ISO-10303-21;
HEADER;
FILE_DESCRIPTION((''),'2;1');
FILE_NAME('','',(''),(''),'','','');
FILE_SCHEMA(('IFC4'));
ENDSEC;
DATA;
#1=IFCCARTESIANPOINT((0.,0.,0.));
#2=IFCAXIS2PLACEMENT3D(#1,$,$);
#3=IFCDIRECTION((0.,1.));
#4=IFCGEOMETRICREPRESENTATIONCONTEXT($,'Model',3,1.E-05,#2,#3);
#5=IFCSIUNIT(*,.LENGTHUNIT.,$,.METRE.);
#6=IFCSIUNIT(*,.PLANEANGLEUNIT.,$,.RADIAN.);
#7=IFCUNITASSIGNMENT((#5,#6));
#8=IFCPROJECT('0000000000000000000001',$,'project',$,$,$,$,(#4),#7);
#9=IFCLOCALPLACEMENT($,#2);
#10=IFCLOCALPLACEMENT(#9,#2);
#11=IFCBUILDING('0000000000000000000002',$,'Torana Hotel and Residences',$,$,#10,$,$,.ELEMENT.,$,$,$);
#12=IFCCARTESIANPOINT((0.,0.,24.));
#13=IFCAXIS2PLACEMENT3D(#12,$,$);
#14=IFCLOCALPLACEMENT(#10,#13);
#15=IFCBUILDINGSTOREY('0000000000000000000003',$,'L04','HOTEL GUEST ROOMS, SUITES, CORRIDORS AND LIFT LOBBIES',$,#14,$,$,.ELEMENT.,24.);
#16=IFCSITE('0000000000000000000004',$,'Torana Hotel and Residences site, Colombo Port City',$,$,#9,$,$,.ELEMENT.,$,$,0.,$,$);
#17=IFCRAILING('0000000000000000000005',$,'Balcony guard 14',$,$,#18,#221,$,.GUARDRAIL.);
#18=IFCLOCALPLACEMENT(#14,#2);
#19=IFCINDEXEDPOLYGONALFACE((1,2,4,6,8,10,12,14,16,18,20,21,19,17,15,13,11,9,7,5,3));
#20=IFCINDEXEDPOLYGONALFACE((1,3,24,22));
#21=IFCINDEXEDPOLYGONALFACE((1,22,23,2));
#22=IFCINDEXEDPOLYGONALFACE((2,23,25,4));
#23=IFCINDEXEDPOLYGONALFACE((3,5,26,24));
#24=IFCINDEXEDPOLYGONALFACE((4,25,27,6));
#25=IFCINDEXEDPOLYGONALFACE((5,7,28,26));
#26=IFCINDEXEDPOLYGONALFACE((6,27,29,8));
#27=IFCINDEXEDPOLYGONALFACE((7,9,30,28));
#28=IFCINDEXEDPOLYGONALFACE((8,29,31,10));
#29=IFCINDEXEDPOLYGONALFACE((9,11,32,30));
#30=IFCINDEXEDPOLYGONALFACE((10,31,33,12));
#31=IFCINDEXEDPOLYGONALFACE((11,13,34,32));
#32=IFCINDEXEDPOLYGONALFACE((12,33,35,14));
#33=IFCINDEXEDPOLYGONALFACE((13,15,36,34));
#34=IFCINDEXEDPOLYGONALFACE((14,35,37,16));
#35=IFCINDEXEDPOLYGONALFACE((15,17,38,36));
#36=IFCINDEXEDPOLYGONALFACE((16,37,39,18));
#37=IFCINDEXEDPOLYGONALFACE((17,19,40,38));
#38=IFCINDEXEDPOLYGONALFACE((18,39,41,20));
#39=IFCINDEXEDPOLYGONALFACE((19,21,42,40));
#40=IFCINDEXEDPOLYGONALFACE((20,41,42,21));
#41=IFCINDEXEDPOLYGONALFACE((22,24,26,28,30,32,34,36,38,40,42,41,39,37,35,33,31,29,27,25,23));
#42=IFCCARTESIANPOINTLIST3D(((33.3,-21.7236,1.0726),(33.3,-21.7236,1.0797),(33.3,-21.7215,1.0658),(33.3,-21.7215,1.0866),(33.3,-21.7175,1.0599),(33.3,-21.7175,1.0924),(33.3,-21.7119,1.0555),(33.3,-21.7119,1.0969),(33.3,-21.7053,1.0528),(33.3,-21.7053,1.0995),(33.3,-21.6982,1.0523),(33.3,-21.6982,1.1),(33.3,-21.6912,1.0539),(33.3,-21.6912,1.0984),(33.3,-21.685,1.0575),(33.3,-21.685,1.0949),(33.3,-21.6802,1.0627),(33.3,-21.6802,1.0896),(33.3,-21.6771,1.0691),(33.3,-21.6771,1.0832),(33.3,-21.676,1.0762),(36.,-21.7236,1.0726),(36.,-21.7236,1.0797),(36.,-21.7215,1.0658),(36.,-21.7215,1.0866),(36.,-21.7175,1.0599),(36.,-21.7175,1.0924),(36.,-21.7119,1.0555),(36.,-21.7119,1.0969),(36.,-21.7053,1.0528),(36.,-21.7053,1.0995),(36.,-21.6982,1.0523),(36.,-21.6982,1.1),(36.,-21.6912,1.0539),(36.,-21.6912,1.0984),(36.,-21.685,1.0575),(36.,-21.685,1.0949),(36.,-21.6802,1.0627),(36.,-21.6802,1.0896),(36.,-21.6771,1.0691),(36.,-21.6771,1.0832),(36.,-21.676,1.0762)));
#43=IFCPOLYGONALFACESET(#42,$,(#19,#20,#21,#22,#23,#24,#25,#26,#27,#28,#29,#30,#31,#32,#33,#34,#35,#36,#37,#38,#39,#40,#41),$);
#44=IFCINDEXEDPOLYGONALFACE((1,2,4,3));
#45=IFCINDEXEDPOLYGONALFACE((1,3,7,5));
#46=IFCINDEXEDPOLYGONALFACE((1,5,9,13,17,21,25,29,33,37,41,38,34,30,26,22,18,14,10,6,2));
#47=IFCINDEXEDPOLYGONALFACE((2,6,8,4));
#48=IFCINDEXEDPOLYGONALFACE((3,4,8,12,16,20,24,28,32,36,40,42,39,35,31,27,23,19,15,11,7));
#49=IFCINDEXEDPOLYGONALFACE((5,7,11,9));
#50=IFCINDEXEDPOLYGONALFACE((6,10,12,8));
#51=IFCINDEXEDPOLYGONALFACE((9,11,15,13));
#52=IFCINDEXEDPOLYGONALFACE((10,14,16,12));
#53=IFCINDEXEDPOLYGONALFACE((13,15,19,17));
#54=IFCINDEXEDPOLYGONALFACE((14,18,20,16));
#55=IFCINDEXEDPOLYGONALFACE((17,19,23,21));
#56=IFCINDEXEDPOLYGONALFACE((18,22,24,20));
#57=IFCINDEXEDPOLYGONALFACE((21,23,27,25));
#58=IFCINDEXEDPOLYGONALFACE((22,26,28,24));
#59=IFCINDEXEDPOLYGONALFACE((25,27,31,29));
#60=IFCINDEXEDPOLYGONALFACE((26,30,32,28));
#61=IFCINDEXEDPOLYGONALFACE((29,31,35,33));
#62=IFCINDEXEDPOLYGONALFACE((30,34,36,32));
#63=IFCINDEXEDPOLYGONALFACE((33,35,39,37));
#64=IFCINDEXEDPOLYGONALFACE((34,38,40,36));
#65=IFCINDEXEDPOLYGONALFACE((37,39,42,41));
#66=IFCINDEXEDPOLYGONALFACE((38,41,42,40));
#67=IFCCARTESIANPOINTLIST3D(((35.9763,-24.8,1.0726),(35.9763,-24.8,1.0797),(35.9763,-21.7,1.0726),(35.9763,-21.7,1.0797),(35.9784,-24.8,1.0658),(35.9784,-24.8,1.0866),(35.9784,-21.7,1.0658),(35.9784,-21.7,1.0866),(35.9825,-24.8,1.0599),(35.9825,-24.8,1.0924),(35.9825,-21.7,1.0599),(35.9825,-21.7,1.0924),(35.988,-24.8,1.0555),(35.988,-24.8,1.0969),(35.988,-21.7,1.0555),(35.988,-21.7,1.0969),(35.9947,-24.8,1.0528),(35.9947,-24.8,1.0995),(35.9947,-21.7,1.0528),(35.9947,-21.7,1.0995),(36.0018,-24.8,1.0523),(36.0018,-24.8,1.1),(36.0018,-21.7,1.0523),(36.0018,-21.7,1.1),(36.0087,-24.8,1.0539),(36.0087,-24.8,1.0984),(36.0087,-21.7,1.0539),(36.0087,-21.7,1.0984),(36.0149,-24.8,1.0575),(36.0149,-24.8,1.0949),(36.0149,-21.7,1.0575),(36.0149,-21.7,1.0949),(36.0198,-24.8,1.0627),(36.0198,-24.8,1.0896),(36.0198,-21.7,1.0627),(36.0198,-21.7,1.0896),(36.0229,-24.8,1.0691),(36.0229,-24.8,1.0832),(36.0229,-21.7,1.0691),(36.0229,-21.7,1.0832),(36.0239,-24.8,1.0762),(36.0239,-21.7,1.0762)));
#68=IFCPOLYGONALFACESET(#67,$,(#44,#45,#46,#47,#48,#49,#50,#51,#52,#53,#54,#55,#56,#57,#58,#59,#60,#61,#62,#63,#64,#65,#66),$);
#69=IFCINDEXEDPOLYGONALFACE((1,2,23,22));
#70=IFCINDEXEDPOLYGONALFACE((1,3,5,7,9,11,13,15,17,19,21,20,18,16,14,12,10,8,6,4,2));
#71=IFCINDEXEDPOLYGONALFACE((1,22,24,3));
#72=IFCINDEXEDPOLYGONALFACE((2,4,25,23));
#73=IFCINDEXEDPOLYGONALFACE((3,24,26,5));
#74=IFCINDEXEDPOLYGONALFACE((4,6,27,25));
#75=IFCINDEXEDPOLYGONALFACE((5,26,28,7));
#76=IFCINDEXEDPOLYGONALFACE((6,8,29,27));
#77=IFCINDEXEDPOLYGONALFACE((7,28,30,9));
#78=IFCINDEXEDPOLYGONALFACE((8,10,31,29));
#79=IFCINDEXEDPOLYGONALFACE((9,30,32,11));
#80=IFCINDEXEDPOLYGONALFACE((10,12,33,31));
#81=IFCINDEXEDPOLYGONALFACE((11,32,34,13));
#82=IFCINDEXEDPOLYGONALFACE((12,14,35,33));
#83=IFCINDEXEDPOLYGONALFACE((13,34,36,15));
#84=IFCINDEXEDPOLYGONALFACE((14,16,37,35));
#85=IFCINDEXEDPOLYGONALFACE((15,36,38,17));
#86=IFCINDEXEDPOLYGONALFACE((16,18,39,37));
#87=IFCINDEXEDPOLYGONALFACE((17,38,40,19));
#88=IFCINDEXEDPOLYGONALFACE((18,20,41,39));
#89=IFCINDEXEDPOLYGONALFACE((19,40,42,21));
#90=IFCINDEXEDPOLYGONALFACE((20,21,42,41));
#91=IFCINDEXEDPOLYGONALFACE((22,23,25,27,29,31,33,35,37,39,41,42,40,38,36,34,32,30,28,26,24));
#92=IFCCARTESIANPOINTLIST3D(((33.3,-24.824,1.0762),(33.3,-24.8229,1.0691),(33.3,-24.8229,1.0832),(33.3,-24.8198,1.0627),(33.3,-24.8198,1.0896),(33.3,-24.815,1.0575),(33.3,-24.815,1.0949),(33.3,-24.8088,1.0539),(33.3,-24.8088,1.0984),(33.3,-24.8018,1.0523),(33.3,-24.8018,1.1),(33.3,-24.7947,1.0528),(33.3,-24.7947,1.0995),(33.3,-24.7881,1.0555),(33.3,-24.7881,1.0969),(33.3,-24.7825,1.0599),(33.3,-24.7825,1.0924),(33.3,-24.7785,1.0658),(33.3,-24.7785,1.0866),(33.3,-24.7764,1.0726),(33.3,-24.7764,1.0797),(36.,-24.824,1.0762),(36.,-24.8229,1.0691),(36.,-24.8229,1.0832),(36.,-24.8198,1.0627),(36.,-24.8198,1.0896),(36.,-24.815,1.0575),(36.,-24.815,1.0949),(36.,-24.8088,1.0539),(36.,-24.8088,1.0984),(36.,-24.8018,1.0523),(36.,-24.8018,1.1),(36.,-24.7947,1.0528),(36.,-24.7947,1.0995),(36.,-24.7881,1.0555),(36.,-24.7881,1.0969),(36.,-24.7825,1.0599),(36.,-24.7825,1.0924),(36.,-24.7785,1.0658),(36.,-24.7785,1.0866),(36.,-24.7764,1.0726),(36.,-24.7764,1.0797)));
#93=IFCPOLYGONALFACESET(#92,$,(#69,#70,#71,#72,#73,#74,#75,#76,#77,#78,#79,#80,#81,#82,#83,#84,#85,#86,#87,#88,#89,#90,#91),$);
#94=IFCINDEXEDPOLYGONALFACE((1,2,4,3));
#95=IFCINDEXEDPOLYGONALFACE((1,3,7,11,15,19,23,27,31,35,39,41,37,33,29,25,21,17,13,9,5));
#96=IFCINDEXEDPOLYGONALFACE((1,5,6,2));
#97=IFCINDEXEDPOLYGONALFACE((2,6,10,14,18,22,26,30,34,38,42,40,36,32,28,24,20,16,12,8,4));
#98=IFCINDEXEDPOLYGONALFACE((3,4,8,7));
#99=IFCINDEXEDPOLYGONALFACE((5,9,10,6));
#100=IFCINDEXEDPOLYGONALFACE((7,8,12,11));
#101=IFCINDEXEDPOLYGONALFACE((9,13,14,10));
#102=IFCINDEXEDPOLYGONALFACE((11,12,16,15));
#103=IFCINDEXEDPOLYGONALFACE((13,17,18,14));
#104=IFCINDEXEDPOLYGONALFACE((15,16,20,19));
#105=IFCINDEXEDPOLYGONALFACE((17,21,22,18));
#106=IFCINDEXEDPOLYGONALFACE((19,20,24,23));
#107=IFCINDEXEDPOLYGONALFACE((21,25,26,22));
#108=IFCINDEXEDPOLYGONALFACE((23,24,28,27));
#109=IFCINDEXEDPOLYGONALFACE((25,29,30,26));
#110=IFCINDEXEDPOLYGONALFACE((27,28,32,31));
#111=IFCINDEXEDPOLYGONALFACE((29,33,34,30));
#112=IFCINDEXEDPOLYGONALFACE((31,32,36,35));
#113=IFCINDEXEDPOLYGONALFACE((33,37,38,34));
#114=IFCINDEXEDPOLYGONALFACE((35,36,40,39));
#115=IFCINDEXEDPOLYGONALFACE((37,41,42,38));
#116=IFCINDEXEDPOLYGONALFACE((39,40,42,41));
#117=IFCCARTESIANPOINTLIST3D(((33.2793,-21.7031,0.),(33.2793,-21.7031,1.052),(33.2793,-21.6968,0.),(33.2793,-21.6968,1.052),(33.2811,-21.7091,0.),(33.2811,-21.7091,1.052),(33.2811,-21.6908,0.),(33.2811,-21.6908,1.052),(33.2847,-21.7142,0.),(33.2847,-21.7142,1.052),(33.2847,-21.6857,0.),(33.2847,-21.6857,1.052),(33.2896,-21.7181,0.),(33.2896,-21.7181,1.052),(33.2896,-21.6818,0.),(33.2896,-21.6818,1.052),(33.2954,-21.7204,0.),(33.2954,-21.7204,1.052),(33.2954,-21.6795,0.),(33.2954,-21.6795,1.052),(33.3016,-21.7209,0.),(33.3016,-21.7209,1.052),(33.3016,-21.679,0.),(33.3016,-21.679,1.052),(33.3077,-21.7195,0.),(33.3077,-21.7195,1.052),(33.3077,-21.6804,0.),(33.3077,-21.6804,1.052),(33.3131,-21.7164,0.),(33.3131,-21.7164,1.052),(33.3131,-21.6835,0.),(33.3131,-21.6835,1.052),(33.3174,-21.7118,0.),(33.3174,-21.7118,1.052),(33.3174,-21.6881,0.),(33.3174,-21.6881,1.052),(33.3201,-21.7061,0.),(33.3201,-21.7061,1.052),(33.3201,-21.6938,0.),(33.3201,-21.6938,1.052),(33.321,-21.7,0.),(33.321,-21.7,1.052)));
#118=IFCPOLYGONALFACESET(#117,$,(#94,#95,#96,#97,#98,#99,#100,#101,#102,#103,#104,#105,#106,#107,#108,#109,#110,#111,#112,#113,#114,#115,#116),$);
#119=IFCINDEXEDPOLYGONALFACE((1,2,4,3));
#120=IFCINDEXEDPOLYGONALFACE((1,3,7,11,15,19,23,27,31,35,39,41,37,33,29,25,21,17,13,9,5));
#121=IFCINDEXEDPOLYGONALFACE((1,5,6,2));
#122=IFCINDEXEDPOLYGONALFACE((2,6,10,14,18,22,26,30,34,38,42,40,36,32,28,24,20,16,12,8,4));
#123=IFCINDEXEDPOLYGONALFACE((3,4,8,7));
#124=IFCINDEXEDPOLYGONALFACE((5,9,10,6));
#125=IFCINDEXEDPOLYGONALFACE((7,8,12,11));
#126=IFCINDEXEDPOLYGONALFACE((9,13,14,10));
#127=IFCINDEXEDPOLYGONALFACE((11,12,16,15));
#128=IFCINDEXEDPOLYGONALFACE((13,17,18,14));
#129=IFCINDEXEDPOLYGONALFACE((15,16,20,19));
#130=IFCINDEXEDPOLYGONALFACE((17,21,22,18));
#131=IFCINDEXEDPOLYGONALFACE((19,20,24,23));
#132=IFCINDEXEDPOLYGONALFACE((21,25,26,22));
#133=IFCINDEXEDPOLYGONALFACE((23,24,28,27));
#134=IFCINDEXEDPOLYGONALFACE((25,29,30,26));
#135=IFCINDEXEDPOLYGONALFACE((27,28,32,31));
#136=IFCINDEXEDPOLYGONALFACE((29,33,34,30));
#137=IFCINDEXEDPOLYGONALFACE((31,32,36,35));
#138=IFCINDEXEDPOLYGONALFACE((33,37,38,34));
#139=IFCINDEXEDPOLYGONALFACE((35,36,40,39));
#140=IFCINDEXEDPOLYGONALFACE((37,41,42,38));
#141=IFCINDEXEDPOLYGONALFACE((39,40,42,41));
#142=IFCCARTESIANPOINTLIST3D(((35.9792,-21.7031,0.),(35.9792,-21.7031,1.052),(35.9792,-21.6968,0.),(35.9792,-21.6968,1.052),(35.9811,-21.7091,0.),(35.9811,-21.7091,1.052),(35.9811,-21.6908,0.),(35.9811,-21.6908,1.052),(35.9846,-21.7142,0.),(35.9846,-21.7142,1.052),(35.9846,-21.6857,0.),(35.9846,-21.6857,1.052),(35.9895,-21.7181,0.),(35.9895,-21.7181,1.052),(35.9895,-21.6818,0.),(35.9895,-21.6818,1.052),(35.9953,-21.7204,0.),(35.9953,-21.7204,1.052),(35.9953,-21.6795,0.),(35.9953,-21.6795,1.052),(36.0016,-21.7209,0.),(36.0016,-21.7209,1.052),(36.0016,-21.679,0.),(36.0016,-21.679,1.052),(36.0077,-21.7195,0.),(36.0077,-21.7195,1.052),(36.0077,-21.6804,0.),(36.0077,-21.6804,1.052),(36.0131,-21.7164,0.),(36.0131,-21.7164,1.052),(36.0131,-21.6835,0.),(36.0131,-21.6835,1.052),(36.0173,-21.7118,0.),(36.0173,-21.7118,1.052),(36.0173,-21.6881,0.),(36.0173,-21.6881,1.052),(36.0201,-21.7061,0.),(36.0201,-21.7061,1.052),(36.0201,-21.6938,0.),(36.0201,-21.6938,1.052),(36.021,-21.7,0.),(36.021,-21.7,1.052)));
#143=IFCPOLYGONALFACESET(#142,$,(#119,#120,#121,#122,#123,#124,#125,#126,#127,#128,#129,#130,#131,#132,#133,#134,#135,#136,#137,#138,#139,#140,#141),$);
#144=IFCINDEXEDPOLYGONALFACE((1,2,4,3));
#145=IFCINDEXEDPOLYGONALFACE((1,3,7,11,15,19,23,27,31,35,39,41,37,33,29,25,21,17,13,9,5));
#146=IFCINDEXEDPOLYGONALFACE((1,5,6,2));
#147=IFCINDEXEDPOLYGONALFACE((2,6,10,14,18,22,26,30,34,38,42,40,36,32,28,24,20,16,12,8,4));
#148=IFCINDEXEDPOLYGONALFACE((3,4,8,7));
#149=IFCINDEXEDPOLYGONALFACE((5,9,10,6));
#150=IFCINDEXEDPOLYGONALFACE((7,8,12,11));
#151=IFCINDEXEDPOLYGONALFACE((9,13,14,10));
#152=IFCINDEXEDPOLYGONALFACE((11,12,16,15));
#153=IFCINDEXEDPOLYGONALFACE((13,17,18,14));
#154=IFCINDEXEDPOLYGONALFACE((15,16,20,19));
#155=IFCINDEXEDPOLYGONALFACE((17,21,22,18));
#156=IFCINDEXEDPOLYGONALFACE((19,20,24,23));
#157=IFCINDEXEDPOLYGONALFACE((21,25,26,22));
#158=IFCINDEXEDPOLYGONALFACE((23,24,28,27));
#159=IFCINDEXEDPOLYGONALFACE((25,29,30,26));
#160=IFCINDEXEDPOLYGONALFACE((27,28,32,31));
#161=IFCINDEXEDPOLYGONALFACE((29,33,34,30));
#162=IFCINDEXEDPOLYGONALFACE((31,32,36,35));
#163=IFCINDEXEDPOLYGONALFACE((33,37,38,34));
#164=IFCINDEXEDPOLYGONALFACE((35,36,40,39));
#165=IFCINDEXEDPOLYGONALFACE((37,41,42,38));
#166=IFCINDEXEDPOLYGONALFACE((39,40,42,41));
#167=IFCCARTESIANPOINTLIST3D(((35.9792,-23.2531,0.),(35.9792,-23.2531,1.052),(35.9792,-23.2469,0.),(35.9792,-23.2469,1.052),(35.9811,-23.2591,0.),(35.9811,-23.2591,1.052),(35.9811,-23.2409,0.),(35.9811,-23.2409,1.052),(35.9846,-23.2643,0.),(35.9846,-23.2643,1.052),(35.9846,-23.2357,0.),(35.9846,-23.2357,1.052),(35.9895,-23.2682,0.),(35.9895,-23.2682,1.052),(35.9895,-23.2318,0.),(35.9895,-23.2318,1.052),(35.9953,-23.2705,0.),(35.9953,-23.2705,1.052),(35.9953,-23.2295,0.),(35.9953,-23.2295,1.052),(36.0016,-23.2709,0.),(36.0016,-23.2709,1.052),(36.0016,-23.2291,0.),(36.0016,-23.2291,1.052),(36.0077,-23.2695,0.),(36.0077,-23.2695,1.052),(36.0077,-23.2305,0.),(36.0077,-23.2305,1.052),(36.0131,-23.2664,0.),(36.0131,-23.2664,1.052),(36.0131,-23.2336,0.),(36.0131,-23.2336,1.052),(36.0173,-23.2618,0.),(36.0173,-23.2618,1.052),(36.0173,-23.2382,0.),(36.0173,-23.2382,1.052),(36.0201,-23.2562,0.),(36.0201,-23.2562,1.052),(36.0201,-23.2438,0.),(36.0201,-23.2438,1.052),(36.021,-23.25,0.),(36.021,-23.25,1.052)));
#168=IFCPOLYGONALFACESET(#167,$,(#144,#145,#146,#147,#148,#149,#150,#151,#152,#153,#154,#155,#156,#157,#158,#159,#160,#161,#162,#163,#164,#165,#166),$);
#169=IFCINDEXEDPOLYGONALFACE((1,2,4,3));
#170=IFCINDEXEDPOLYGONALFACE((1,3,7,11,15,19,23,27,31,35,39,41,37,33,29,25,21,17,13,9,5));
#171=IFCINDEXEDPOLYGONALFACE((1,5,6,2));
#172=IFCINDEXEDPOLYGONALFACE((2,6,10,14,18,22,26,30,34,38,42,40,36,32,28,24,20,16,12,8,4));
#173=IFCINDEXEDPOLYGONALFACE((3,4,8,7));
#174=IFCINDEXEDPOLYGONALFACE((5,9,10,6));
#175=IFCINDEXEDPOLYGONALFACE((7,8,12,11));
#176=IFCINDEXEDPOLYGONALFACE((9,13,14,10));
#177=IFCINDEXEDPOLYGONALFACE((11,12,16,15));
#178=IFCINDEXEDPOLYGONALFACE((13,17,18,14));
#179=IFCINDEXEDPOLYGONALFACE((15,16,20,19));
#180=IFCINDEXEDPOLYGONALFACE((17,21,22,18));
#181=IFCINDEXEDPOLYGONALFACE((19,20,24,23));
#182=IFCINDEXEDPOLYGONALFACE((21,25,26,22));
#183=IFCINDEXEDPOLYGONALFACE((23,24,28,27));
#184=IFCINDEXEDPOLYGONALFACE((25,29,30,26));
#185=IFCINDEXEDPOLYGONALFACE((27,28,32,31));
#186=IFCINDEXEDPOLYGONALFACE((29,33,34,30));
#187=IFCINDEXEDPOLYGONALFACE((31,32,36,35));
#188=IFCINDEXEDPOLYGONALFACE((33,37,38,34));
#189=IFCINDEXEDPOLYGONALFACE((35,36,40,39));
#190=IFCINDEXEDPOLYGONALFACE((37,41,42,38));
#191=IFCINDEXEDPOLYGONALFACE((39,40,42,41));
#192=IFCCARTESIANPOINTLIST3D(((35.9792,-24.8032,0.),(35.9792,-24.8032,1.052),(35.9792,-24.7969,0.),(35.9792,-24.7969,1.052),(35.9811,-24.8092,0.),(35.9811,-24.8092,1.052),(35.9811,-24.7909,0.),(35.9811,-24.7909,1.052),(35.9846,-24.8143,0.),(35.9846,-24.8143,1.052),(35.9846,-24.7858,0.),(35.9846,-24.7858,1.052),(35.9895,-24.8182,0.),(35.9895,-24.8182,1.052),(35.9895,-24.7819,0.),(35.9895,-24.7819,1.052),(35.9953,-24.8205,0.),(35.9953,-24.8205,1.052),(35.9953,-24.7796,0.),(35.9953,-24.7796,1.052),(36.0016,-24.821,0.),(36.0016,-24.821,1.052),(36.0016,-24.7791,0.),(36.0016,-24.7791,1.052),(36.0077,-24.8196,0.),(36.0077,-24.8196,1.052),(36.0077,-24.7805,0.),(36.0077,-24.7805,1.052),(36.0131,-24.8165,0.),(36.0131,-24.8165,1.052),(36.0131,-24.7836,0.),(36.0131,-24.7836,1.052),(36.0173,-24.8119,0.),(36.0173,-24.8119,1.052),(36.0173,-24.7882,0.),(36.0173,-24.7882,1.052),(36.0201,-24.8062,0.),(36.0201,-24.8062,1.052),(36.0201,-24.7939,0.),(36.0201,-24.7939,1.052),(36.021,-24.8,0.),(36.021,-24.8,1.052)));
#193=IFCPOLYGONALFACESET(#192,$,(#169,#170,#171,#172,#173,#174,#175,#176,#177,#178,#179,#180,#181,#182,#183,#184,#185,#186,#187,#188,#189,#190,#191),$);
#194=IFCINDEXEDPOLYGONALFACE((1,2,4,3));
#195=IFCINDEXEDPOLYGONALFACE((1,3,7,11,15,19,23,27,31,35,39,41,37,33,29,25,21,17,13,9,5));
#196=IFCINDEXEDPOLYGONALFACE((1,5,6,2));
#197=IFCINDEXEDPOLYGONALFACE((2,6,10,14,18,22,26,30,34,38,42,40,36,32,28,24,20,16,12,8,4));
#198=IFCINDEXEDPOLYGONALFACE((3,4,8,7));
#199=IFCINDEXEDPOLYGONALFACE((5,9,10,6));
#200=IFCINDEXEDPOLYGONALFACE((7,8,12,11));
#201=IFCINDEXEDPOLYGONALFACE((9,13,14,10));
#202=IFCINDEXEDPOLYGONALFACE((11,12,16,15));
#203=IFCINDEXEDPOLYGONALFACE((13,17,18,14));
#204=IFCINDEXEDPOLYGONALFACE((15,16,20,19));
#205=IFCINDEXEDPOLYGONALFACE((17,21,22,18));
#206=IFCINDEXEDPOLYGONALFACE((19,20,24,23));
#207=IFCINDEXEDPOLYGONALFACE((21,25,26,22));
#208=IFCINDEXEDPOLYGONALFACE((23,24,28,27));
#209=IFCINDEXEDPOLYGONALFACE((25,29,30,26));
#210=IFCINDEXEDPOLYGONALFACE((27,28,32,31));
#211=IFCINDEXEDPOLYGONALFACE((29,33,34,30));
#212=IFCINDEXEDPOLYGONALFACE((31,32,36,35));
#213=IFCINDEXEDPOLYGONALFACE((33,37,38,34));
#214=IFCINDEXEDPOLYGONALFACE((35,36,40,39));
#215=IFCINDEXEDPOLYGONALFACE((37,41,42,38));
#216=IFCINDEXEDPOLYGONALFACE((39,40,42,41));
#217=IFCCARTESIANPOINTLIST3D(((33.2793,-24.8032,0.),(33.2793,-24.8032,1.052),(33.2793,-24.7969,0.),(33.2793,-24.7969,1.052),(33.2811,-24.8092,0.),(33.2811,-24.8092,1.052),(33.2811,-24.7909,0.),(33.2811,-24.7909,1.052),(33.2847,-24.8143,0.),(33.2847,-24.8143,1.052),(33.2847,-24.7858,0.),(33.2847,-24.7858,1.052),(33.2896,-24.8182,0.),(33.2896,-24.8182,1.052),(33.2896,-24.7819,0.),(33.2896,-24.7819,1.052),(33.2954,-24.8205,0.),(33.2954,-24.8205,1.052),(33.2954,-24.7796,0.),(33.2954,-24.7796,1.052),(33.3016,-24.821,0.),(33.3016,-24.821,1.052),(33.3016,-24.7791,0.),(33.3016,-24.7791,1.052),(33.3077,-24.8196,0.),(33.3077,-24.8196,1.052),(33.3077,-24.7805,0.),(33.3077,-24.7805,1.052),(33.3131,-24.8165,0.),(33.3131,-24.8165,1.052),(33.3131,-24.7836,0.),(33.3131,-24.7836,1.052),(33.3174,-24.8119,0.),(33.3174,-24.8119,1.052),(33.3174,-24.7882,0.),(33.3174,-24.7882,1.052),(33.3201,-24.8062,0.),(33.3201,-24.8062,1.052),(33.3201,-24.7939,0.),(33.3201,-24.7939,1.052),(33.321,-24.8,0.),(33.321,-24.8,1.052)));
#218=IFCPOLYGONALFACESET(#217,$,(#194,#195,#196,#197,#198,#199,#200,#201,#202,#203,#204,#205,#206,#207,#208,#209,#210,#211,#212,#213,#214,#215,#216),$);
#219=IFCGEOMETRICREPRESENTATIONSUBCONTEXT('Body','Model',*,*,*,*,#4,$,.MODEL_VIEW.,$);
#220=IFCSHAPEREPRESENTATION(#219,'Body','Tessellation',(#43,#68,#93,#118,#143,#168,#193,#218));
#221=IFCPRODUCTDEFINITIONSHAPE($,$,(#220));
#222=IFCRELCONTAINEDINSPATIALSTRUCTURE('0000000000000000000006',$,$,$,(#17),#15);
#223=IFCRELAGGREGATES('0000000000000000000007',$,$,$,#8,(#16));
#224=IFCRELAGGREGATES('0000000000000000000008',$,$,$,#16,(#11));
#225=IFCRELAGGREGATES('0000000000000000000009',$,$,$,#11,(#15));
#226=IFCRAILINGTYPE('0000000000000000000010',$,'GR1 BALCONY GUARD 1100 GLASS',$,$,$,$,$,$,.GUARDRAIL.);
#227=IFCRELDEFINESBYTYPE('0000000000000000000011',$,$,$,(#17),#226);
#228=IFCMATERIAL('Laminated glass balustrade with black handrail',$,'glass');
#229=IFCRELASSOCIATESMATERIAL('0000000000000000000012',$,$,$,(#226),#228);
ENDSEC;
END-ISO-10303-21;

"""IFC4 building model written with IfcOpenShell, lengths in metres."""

from ifc_helpers import new_model, si_unit, direction, frame, origin, origin_2d, place, context, subcontext, project, spatial, circle, extrude, material, type_object, element, save


model = new_model("IFC4")

# Units and contexts
model_context = context("Model", 3, precision=1e-05, world=origin(), true_north=direction((0.0, 1.0)))
body_context = subcontext(model_context, "Body", "Model", "MODEL_VIEW")
ifc_project = project(units=[si_unit("LENGTHUNIT", "METRE"), si_unit("PLANEANGLEUNIT", "RADIAN")], contexts=[model_context])

# Site, building, storey
site_placement = place(None, origin())
site = spatial("IfcSite", under=ifc_project, at=site_placement, Name="Torana Hotel and Residences site, Colombo Port City", CompositionType="ELEMENT", RefElevation=0.0)
building_placement = place(site_placement, origin())
building = spatial("IfcBuilding", under=site, at=building_placement, Name="Torana Hotel and Residences", CompositionType="ELEMENT")
storey_placement = place(building_placement, frame((0.0, 0.0, 24.0)))
storey = spatial("IfcBuildingStorey", under=building, at=storey_placement, Name="L04", Description="HOTEL GUEST ROOMS, SUITES, CORRIDORS AND LIFT LOBBIES", CompositionType="ELEMENT", Elevation=24.0)

# Railing
ifc_material_1 = material(Name="Laminated glass balustrade with black handrail", Category="glass")
railing_type = type_object("IfcRailingType", Name="GR1 BALCONY GUARD 1100 GLASS", PredefinedType="GUARDRAIL", material=ifc_material_1)
railing_1_placement = place(storey_placement, frame((33.3, -21.7, 0.0)))
element("IfcRailing", 1, at=railing_1_placement, inside=storey, type_object=railing_type, Name="Balcony guard 14", PredefinedType="GUARDRAIL", context=body_context, shape_type="SweptSolid", body=[
    extrude(circle(Radius=0.0239, at=origin_2d()), frame((0.0, 0.0, 1.0762), z_axis=(1.0, 0.0, 0.0), x_axis=(0.0, 1.0, 0.0)), (0.0, 0.0, 1.0), 2.7),
    extrude(circle(Radius=0.0239, at=origin_2d()), frame((2.7, 0.0, 1.0762), z_axis=(0.0, -1.0, 0.0), x_axis=(1.0, 0.0, 0.0)), (0.0, 0.0, 1.0), 3.1001),
    extrude(circle(Radius=0.0239, at=origin_2d()), frame((2.7, -3.1001, 1.0762), z_axis=(-1.0, 0.0, 0.0), x_axis=(0.0, -1.0, 0.0)), (0.0, 0.0, 1.0), 2.7),
    extrude(circle(Radius=0.021, at=origin_2d()), origin(), (0.0, 0.0, 1.0), 1.052),
    extrude(circle(Radius=0.021, at=origin_2d()), frame((2.7, 0.0, 0.0)), (0.0, 0.0, 1.0), 1.052),
    extrude(circle(Radius=0.021, at=origin_2d()), frame((2.7, -1.55, 0.0)), (0.0, 0.0, 1.0), 1.052),
    extrude(circle(Radius=0.021, at=origin_2d()), frame((2.7, -3.1001, 0.0)), (0.0, 0.0, 1.0), 1.052),
    extrude(circle(Radius=0.021, at=origin_2d()), frame((0.0, -3.1001, 0.0)), (0.0, 0.0, 1.0), 1.052),
])

save(model, "model.ifc")
